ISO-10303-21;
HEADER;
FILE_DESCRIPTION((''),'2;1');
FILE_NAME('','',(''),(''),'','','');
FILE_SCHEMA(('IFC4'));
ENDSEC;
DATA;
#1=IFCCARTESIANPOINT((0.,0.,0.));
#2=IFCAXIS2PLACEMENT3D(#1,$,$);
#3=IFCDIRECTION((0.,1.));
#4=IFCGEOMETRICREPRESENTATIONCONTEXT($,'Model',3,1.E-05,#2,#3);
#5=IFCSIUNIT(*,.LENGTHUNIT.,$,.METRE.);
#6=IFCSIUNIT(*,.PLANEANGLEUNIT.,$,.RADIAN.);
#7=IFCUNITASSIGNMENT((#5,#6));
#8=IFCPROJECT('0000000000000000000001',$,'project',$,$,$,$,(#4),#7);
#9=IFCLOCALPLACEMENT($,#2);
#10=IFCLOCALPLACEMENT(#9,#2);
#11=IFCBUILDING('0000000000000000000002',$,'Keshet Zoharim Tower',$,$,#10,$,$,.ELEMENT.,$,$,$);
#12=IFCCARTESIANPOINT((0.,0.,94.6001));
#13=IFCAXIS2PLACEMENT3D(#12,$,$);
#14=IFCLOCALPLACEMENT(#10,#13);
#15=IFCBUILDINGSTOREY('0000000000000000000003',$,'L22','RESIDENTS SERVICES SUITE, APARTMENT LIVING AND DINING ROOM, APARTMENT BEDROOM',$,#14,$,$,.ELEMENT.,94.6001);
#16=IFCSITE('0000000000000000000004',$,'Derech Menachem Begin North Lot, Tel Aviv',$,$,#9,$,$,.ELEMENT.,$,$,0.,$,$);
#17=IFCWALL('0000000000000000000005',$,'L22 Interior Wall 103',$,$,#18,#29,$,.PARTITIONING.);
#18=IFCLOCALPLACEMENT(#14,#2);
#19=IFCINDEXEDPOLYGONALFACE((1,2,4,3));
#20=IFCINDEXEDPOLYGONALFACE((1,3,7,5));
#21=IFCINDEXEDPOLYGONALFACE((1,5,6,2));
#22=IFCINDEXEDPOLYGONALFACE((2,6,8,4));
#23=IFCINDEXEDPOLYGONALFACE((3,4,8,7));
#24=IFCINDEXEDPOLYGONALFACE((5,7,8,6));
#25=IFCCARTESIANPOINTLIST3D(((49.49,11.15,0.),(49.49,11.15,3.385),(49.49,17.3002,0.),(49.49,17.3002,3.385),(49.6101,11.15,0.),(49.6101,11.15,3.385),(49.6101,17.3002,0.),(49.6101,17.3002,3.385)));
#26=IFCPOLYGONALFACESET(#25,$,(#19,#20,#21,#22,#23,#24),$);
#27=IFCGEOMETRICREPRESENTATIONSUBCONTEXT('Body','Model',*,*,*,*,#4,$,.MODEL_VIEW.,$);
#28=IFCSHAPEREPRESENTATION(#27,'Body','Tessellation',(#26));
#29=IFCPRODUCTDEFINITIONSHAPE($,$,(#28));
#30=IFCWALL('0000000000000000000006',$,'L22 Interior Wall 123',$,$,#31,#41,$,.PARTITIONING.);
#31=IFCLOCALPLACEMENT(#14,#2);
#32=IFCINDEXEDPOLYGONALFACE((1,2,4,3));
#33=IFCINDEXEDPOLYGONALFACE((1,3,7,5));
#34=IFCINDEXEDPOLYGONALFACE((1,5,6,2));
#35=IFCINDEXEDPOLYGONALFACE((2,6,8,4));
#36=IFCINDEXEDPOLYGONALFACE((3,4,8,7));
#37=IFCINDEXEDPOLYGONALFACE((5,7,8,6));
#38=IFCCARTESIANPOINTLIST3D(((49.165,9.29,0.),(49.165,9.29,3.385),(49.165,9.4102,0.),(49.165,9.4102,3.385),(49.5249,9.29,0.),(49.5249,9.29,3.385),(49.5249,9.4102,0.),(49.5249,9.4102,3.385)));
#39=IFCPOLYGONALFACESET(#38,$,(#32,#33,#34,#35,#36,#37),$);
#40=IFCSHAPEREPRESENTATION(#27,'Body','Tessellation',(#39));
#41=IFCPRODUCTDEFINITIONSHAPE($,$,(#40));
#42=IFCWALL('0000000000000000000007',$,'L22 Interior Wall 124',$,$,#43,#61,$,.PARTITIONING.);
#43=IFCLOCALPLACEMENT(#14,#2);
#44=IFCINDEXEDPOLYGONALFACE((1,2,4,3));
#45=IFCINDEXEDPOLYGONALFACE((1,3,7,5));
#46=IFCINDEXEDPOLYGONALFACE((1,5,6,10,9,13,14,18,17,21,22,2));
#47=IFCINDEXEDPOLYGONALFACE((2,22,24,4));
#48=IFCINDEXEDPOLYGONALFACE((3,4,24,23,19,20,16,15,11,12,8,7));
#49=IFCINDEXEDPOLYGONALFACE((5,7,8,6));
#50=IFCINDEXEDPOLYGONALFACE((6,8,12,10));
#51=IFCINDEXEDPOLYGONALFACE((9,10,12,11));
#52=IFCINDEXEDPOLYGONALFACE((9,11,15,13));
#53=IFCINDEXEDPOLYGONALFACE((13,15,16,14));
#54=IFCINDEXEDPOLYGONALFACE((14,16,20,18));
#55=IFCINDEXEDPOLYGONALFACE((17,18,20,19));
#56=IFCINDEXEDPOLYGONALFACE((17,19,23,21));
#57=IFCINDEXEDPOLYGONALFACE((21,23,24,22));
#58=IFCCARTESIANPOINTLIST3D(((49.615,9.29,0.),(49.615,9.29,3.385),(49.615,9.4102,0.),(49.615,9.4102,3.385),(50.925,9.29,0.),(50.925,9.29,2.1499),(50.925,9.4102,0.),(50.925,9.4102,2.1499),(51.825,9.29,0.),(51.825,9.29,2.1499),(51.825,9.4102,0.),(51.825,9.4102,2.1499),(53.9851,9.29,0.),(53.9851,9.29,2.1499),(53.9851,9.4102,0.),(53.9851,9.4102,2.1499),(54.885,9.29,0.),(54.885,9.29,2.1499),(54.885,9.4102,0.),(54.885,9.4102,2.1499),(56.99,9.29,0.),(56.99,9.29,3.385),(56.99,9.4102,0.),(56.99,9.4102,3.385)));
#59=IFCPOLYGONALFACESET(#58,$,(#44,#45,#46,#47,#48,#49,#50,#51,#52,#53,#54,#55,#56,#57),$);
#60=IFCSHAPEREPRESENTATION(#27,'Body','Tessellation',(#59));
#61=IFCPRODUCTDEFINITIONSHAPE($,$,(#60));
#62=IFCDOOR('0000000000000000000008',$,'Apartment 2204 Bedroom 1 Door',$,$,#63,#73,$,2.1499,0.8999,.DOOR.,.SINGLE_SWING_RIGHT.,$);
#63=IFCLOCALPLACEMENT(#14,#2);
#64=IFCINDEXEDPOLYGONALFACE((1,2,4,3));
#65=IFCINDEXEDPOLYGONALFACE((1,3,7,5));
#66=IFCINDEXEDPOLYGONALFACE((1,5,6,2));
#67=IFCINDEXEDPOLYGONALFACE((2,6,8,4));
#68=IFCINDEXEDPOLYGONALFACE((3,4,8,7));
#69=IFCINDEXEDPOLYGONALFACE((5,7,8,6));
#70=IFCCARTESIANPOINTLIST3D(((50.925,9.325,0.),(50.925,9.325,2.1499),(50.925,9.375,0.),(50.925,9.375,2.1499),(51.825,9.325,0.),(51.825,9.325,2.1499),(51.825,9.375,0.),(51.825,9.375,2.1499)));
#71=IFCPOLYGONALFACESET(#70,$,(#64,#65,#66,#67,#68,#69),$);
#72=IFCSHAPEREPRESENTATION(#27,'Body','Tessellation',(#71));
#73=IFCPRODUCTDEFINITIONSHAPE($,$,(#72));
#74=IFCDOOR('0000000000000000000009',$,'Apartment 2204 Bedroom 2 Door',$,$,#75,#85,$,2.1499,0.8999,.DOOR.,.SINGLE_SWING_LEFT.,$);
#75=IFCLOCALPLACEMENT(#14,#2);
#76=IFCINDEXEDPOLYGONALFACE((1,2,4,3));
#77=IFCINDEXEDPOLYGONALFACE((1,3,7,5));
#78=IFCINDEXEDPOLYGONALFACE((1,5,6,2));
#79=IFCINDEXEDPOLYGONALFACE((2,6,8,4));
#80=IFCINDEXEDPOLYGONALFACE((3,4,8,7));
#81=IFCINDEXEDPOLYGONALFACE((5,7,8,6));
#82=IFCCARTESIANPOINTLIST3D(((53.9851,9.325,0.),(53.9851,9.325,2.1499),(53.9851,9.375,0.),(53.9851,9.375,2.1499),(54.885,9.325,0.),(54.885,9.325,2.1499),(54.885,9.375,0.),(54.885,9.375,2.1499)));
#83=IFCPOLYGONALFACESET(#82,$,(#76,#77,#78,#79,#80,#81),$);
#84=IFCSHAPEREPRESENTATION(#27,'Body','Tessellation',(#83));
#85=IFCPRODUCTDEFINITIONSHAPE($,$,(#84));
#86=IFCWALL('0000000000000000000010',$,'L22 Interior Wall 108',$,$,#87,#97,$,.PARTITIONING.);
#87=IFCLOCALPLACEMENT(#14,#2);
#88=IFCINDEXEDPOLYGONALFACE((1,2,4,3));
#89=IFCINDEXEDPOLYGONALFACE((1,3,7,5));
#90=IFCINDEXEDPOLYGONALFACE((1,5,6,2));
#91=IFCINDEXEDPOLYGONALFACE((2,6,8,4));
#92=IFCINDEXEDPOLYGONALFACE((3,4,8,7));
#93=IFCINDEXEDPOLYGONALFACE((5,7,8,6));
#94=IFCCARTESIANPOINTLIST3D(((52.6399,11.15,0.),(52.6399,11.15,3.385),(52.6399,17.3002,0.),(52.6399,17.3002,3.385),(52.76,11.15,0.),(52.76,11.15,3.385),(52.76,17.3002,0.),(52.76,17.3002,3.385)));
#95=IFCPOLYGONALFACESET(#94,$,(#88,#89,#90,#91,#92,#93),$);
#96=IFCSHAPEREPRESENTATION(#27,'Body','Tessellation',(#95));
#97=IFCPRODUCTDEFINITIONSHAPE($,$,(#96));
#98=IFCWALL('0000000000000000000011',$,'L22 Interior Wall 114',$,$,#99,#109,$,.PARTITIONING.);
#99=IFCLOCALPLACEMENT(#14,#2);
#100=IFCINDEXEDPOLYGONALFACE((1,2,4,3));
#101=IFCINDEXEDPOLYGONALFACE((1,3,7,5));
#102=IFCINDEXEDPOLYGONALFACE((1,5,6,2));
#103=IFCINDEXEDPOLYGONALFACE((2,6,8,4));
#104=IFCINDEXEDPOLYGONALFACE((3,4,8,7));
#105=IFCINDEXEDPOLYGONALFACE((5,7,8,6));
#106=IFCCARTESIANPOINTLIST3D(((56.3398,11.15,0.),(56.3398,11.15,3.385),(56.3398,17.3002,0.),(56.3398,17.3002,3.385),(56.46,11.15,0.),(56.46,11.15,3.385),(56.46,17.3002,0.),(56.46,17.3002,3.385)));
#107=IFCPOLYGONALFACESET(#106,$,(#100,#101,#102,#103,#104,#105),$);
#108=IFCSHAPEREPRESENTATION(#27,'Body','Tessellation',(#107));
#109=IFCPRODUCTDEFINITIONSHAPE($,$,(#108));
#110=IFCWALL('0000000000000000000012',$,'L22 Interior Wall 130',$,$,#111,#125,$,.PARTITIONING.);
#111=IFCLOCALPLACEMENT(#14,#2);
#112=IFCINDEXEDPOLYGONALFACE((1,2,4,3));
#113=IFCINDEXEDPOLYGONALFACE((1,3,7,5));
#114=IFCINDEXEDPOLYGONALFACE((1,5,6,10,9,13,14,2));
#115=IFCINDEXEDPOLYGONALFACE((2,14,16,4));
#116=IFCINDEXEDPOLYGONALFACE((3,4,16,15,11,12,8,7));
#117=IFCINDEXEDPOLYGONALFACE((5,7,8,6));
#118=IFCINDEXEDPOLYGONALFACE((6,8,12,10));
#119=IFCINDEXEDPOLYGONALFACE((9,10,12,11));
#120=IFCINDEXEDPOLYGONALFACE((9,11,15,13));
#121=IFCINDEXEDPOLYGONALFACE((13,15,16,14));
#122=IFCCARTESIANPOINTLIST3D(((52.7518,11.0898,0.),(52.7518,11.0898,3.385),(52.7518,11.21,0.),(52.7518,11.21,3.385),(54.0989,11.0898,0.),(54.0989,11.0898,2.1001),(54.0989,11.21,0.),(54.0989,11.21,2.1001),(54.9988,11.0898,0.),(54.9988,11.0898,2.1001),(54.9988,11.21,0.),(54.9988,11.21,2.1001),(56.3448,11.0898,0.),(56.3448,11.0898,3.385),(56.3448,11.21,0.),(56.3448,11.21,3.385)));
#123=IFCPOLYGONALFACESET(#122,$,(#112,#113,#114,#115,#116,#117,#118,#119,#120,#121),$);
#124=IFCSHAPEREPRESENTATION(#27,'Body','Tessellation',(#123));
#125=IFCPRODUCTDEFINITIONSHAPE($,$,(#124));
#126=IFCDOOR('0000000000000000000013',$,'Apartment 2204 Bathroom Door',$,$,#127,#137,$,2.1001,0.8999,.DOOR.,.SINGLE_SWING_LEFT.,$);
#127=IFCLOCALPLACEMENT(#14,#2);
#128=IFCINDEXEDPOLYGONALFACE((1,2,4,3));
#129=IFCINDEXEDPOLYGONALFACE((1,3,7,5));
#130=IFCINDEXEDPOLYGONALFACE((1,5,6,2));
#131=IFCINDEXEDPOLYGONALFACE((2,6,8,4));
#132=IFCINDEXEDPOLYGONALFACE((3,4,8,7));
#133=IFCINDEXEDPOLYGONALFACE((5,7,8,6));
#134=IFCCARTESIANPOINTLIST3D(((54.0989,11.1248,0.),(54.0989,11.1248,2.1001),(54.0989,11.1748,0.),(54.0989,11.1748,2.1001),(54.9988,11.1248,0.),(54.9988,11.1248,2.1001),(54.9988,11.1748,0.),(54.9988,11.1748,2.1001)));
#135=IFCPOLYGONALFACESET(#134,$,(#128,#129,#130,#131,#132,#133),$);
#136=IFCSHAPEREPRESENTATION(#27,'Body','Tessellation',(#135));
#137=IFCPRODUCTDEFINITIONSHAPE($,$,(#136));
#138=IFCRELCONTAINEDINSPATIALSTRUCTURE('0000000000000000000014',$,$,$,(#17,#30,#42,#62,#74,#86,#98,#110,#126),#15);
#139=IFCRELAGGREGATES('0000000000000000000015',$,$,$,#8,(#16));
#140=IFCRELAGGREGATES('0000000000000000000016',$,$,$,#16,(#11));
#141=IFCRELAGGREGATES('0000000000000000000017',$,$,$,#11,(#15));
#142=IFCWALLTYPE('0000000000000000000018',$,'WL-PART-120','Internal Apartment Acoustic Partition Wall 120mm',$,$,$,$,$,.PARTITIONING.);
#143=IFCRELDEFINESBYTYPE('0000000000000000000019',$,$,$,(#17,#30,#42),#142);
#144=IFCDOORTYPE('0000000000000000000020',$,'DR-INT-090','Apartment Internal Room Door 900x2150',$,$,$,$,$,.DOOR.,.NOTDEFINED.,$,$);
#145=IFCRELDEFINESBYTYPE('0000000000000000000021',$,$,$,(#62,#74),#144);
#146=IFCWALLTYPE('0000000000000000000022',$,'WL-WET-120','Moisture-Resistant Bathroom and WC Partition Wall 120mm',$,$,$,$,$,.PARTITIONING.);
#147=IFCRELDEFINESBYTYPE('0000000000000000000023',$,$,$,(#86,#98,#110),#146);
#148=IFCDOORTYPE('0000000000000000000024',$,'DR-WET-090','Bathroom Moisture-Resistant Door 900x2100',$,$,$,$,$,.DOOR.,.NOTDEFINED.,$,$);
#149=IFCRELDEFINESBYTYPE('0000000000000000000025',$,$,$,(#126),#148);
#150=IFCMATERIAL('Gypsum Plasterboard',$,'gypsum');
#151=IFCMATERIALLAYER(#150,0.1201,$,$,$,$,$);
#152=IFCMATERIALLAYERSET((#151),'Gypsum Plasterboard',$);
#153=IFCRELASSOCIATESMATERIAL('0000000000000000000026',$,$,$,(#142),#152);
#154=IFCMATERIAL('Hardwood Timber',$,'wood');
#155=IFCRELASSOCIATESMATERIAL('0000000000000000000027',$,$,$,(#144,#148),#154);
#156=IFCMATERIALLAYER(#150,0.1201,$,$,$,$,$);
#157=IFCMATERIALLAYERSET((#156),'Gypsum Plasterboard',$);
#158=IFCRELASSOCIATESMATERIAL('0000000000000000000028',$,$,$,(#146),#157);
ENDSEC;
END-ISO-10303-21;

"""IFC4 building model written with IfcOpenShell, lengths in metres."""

from ifc_helpers import new_model, si_unit, direction, frame, frame_2d, origin, place, context, subcontext, project, spatial, rectangle, extrude, material, layer, layer_set, type_object, element, fill, save


model = new_model("IFC4")

# Units and contexts
model_context = context("Model", 3, precision=1e-05, world=origin(), true_north=direction((0.0, 1.0)))
body_context = subcontext(model_context, "Body", "Model", "MODEL_VIEW")
ifc_project = project(units=[si_unit("LENGTHUNIT", "METRE"), si_unit("PLANEANGLEUNIT", "RADIAN")], contexts=[model_context])

# Site, building, storey
site_placement = place(None, origin())
site = spatial("IfcSite", under=ifc_project, at=site_placement, Name="Derech Menachem Begin North Lot, Tel Aviv", CompositionType="ELEMENT", RefElevation=0.0)
building_placement = place(site_placement, origin())
building = spatial("IfcBuilding", under=site, at=building_placement, Name="Keshet Zoharim Tower", CompositionType="ELEMENT")
storey_placement = place(building_placement, frame((0.0, 0.0, 94.6001)))
storey = spatial("IfcBuildingStorey", under=building, at=storey_placement, Name="L22", Description="RESIDENTS SERVICES SUITE, APARTMENT LIVING AND DINING ROOM, APARTMENT BEDROOM", CompositionType="ELEMENT", Elevation=94.6001)

# Shared definitions
ifc_material_1 = material(Name="Gypsum Plasterboard", Category="gypsum")
ifc_material_2 = material(Name="Hardwood Timber", Category="wood")

# Walls
ifc_layer_1 = layer(ifc_material_1, 0.1201)
ifc_layer_set_1 = layer_set([ifc_layer_1], Name="Gypsum Plasterboard")
wall_type_1 = type_object("IfcWallType", Name="WL-PART-120", Description="Internal Apartment Acoustic Partition Wall 120mm", PredefinedType="PARTITIONING", material=ifc_layer_set_1)
wall_1_placement = place(storey_placement, frame((49.55, 11.1499, 0.0), z_axis=(0.0, 0.0, 1.0), x_axis=(0.0, 1.0, 0.0)))
element("IfcWall", 1, at=wall_1_placement, inside=storey, type_object=wall_type_1, Name="L22 Interior Wall 103", PredefinedType="PARTITIONING", context=body_context, shape_type="SweptSolid", body=[
    extrude(rectangle(XDim=6.1501, YDim=0.1201, at=frame_2d((3.0752, 0.0))), origin(), (0.0, 0.0, 1.0), 3.385),
])
wall_2_placement = place(storey_placement, frame((49.165, 9.3501, 0.0), z_axis=(0.0, 0.0, 1.0), x_axis=(1.0, 0.0, 0.0)))
element("IfcWall", 2, at=wall_2_placement, inside=storey, type_object=wall_type_1, Name="L22 Interior Wall 123", PredefinedType="PARTITIONING", context=body_context, shape_type="SweptSolid", body=[
    extrude(rectangle(XDim=0.3599, YDim=0.1201, at=frame_2d((0.1799, 0.0))), origin(), (0.0, 0.0, 1.0), 3.385),
])

# Wall, openings, doors
wall_3_placement = place(storey_placement, frame((49.615, 9.3501, 0.0), z_axis=(0.0, 0.0, 1.0), x_axis=(1.0, 0.0, 0.0)))
wall_3 = element("IfcWall", 3, at=wall_3_placement, inside=storey, type_object=wall_type_1, Name="L22 Interior Wall 124", PredefinedType="PARTITIONING", context=body_context, shape_type="SweptSolid", body=[
    extrude(rectangle(XDim=7.375, YDim=0.1201, at=frame_2d((3.6875, 0.0))), origin(), (0.0, 0.0, 1.0), 3.385),
])
opening_1_placement = place(wall_3_placement, frame((1.3101, 0.0, 0.0)))
opening_1 = element("IfcOpeningElement", 4, at=opening_1_placement, cuts=wall_3, PredefinedType="OPENING", context=body_context, shape_type="SweptSolid", body=[
    extrude(rectangle(XDim=0.8999, YDim=2.1499, at=frame_2d((0.45, 1.075))), frame((0.0, 0.0701, 0.0), z_axis=(0.0, -1.0, 0.0), x_axis=(1.0, 0.0, 0.0)), (0.0, 0.0, 1.0), 0.1401),
])
opening_2_placement = place(wall_3_placement, frame((4.3701, 0.0, 0.0)))
opening_2 = element("IfcOpeningElement", 5, at=opening_2_placement, cuts=wall_3, PredefinedType="OPENING", context=body_context, shape_type="SweptSolid", body=[
    extrude(rectangle(XDim=0.8999, YDim=2.1499, at=frame_2d((0.45, 1.075))), frame((0.0, 0.0701, 0.0), z_axis=(0.0, -1.0, 0.0), x_axis=(1.0, 0.0, 0.0)), (0.0, 0.0, 1.0), 0.1401),
])
door_type_1 = type_object("IfcDoorType", Name="DR-INT-090", Description="Apartment Internal Room Door 900x2150", OperationType="NOTDEFINED", PredefinedType="DOOR", material=ifc_material_2)
door_1_placement = place(opening_1_placement, origin())
door_1 = element("IfcDoor", 6, at=door_1_placement, inside=storey, type_object=door_type_1, Name="Apartment 2204 Bedroom 1 Door", OperationType="SINGLE_SWING_RIGHT", OverallHeight=2.1499, OverallWidth=0.8999, PredefinedType="DOOR", context=body_context, shape_type="SweptSolid", body=[
    extrude(rectangle(XDim=0.8999, YDim=2.1499, at=frame_2d((0.45, 1.075))), frame((0.0, 0.0249, 0.0), z_axis=(0.0, -1.0, 0.0), x_axis=(1.0, 0.0, 0.0)), (0.0, 0.0, 1.0), 0.05),
])
fill(opening_1, door_1)
door_2_placement = place(opening_2_placement, origin())
door_2 = element("IfcDoor", 7, at=door_2_placement, inside=storey, type_object=door_type_1, Name="Apartment 2204 Bedroom 2 Door", OperationType="SINGLE_SWING_LEFT", OverallHeight=2.1499, OverallWidth=0.8999, PredefinedType="DOOR", context=body_context, shape_type="SweptSolid", body=[
    extrude(rectangle(XDim=0.8999, YDim=2.1499, at=frame_2d((0.45, 1.075))), frame((0.0, 0.0249, 0.0), z_axis=(0.0, -1.0, 0.0), x_axis=(1.0, 0.0, 0.0)), (0.0, 0.0, 1.0), 0.05),
])
fill(opening_2, door_2)

# Walls
ifc_layer_2 = layer(ifc_material_1, 0.1201)
ifc_layer_set_2 = layer_set([ifc_layer_2], Name="Gypsum Plasterboard")
wall_type_2 = type_object("IfcWallType", Name="WL-WET-120", Description="Moisture-Resistant Bathroom and WC Partition Wall 120mm", PredefinedType="PARTITIONING", material=ifc_layer_set_2)
for number, where, z_axis, x_axis, name in (
    (8, (52.7, 11.1499, 0.0), (0.0, 0.0, 1.0), (0.0, 1.0, 0.0), "L22 Interior Wall 108"),
    (9, (56.3999, 11.1499, 0.0), (0.0, 0.0, 1.0), (0.0, 1.0, 0.0), "L22 Interior Wall 114"),
):
    element("IfcWall", number, at=place(storey_placement, frame(where, z_axis=z_axis, x_axis=x_axis)), inside=storey, type_object=wall_type_2, Name=name, PredefinedType="PARTITIONING", context=body_context, shape_type="SweptSolid", body=[
        extrude(rectangle(XDim=6.1501, YDim=0.1201, at=frame_2d((3.0752, 0.0))), origin(), (0.0, 0.0, 1.0), 3.385),
    ])

# Wall, opening, door
wall_4_placement = place(storey_placement, frame((52.752, 11.1499, 0.0), z_axis=(0.0, 0.0, 1.0), x_axis=(1.0, 0.0, 0.0)))
wall_4 = element("IfcWall", 10, at=wall_4_placement, inside=storey, type_object=wall_type_2, Name="L22 Interior Wall 130", PredefinedType="PARTITIONING", context=body_context, shape_type="SweptSolid", body=[
    extrude(rectangle(XDim=3.593, YDim=0.1201, at=frame_2d((1.7964, 0.0))), origin(), (0.0, 0.0, 1.0), 3.385),
])
opening_3_placement = place(wall_4_placement, frame((1.3469, 0.0, 0.0)))
opening_3 = element("IfcOpeningElement", 11, at=opening_3_placement, cuts=wall_4, PredefinedType="OPENING", context=body_context, shape_type="SweptSolid", body=[
    extrude(rectangle(XDim=0.8999, YDim=2.1001, at=frame_2d((0.45, 1.05))), frame((0.0, 0.0701, 0.0), z_axis=(0.0, -1.0, 0.0), x_axis=(1.0, 0.0, 0.0)), (0.0, 0.0, 1.0), 0.1401),
])
door_type_2 = type_object("IfcDoorType", Name="DR-WET-090", Description="Bathroom Moisture-Resistant Door 900x2100", OperationType="NOTDEFINED", PredefinedType="DOOR", material=ifc_material_2)
door_3_placement = place(opening_3_placement, origin())
door_3 = element("IfcDoor", 12, at=door_3_placement, inside=storey, type_object=door_type_2, Name="Apartment 2204 Bathroom Door", OperationType="SINGLE_SWING_LEFT", OverallHeight=2.1001, OverallWidth=0.8999, PredefinedType="DOOR", context=body_context, shape_type="SweptSolid", body=[
    extrude(rectangle(XDim=0.8999, YDim=2.1001, at=frame_2d((0.45, 1.05))), frame((0.0, 0.0249, 0.0), z_axis=(0.0, -1.0, 0.0), x_axis=(1.0, 0.0, 0.0)), (0.0, 0.0, 1.0), 0.05),
])
fill(opening_3, door_3)

save(model, "model.ifc")
